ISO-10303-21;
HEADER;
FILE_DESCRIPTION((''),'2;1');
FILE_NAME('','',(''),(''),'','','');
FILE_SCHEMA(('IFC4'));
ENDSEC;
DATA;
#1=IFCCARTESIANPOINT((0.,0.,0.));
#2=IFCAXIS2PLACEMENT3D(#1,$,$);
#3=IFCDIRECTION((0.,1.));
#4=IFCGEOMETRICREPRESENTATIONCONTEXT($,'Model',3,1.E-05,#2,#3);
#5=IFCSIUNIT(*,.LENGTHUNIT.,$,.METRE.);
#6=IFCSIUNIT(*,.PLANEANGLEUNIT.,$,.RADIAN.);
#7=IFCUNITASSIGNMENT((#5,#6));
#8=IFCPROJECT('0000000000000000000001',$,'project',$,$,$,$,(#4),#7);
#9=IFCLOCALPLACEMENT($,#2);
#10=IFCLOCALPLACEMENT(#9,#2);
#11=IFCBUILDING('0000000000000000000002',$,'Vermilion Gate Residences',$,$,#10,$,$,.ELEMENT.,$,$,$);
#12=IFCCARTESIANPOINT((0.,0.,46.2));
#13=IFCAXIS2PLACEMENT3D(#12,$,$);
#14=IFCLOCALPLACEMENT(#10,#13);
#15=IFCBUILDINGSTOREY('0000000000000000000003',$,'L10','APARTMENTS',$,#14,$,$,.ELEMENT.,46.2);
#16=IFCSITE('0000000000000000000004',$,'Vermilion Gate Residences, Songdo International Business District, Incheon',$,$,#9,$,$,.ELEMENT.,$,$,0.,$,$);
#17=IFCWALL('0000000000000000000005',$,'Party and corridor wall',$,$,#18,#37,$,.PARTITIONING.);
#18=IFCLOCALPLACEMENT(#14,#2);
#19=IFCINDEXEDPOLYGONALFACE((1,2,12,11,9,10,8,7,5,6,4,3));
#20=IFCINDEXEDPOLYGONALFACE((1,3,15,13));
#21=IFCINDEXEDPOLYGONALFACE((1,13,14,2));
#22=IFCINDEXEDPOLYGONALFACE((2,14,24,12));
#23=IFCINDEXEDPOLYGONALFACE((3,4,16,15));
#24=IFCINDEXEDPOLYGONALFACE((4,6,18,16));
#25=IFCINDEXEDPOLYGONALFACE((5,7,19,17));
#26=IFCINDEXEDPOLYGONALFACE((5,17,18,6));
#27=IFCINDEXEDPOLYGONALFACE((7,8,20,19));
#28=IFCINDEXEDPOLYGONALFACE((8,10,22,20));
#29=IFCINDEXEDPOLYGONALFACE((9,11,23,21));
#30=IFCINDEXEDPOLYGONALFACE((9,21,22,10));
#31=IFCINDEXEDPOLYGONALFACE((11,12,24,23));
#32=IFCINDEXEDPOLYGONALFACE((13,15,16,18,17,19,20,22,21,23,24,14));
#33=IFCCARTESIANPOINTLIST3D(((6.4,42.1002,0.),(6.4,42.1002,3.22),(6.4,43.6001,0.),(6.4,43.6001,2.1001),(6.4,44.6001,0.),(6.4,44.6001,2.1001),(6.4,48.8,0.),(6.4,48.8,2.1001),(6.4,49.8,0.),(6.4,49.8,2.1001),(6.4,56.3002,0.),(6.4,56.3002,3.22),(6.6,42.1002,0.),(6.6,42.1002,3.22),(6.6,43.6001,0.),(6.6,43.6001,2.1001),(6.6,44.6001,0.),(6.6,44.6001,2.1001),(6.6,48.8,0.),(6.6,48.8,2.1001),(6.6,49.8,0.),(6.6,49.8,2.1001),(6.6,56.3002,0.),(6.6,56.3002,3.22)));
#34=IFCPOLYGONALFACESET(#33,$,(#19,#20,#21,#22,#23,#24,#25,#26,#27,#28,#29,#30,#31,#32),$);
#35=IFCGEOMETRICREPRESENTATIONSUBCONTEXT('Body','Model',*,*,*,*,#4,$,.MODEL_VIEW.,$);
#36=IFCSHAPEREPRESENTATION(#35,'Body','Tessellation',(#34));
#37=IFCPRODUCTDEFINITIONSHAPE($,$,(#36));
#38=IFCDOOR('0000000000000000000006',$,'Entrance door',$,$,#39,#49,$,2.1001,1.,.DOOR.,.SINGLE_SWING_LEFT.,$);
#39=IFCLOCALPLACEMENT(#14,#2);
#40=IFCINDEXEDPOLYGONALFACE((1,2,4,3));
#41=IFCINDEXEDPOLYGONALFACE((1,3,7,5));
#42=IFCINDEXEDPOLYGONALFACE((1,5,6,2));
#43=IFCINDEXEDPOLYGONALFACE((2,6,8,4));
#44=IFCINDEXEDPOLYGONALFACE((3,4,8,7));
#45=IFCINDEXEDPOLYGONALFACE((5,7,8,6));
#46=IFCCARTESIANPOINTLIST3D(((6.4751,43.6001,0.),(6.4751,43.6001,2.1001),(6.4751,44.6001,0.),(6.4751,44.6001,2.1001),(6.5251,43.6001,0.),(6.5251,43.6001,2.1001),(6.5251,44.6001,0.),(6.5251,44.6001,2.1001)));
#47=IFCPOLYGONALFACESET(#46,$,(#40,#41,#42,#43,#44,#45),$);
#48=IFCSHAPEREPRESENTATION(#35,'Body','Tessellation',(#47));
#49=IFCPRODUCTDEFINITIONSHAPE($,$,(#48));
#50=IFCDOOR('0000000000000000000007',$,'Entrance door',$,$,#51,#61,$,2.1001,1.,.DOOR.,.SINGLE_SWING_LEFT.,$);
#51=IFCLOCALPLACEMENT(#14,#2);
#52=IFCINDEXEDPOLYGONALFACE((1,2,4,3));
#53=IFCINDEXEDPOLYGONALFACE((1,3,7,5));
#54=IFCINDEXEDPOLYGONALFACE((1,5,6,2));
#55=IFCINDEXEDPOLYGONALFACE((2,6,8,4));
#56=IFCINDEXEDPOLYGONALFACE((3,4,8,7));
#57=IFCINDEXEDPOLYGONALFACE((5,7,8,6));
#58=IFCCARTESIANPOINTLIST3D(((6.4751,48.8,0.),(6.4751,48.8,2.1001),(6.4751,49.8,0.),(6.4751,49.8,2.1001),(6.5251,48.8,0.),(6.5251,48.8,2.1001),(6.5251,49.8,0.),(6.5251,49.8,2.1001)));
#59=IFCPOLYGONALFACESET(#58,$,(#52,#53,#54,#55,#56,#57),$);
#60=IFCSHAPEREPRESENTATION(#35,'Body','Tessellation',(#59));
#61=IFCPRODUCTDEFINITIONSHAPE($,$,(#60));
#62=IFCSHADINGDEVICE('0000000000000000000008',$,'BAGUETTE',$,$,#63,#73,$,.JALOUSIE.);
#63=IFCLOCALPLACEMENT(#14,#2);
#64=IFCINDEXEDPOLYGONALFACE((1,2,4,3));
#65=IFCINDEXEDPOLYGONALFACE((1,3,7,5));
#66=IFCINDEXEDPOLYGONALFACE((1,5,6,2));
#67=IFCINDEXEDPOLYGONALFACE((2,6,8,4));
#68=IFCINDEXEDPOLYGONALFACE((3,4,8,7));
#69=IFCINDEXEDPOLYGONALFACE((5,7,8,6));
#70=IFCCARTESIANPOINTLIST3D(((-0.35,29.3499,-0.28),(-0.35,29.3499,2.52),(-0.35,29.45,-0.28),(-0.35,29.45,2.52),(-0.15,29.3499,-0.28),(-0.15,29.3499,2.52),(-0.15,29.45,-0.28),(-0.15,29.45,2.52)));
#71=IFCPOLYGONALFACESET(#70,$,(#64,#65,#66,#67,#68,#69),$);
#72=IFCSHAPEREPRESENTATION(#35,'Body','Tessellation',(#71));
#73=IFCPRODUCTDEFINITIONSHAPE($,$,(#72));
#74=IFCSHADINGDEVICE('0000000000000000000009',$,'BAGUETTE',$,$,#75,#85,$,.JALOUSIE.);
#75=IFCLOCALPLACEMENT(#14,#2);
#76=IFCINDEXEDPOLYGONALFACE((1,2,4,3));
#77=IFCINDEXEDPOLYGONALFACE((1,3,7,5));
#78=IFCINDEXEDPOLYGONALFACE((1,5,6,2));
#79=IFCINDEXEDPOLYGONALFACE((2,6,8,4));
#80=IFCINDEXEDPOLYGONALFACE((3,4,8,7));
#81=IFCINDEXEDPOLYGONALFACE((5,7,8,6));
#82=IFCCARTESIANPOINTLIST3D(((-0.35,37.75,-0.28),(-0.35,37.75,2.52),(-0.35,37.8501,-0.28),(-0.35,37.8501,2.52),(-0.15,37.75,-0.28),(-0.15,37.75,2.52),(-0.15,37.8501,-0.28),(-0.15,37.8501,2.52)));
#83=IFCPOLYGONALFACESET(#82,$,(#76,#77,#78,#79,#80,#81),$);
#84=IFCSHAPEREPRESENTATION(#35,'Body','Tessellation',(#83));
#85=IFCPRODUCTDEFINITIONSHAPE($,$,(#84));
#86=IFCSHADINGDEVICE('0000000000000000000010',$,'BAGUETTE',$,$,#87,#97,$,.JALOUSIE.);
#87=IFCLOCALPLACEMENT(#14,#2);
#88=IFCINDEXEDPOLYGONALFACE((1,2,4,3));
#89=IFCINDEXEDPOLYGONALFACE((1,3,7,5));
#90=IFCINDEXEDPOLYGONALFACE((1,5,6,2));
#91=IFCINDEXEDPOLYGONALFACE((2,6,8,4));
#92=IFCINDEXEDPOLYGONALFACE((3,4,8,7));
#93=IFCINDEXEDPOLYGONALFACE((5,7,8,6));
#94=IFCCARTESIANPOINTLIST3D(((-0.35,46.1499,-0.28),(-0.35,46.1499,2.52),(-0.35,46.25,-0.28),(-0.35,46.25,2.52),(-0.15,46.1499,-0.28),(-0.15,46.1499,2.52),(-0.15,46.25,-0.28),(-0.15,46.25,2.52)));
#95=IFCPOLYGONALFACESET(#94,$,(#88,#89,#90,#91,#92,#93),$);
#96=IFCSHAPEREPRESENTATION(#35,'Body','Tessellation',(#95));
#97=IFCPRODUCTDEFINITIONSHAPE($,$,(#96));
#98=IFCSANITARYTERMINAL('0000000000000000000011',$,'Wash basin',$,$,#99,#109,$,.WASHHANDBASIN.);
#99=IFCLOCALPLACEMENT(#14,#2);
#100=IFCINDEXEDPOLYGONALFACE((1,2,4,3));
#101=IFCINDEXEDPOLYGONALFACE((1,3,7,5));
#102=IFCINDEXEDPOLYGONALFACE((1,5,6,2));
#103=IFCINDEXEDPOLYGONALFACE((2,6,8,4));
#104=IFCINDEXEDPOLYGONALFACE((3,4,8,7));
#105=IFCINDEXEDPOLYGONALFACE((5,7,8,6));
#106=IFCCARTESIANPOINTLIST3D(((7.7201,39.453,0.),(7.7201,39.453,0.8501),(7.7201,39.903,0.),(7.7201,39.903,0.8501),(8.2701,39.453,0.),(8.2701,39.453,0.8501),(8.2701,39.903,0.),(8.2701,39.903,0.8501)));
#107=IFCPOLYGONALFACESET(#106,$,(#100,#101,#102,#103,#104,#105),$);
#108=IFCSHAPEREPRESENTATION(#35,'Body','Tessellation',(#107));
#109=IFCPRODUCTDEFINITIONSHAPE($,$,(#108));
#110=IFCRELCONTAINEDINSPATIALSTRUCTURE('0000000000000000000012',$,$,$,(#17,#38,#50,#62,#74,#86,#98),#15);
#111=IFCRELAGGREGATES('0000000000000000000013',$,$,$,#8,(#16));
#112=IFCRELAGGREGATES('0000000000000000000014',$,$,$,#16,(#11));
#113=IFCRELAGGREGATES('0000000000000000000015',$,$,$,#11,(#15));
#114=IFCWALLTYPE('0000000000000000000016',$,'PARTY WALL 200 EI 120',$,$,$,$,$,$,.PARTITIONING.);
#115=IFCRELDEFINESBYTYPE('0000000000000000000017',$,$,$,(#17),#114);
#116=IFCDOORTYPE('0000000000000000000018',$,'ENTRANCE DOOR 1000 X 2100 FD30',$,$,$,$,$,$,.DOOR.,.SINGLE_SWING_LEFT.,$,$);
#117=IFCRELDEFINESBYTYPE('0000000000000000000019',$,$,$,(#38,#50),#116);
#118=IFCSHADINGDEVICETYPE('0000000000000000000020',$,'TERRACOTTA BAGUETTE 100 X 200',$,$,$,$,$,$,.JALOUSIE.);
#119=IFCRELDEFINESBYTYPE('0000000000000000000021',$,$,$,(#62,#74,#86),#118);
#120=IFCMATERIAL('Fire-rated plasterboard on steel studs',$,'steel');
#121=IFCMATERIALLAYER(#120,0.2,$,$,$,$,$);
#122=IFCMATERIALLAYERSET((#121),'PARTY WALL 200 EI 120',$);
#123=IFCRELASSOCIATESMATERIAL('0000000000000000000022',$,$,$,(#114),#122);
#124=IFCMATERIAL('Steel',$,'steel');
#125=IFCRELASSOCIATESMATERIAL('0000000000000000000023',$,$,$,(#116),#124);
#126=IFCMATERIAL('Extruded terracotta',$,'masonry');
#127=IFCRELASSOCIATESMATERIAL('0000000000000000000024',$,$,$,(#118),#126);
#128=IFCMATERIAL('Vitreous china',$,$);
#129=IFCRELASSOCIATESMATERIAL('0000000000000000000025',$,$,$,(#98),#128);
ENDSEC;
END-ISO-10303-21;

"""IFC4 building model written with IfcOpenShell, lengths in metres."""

from ifc_helpers import new_model, si_unit, direction, frame, frame_2d, origin, origin_2d, place, context, subcontext, project, spatial, rectangle, extrude, material, layer, layer_set, material_profile, profile_set, type_object, element, fill, save


model = new_model("IFC4")

# Units and contexts
model_context = context("Model", 3, precision=1e-05, world=origin(), true_north=direction((0.0, 1.0)))
body_context = subcontext(model_context, "Body", "Model", "MODEL_VIEW")
ifc_project = project(units=[si_unit("LENGTHUNIT", "METRE"), si_unit("PLANEANGLEUNIT", "RADIAN")], contexts=[model_context])

# Site, building, storey
site_placement = place(None, origin())
site = spatial("IfcSite", under=ifc_project, at=site_placement, Name="Vermilion Gate Residences, Songdo International Business District, Incheon", CompositionType="ELEMENT", RefElevation=0.0)
building_placement = place(site_placement, origin())
building = spatial("IfcBuilding", under=site, at=building_placement, Name="Vermilion Gate Residences", CompositionType="ELEMENT")
storey_placement = place(building_placement, frame((0.0, 0.0, 46.2)))
storey = spatial("IfcBuildingStorey", under=building, at=storey_placement, Name="L10", Description="APARTMENTS", CompositionType="ELEMENT", Elevation=46.2)

# Shared definitions
ifc_material_1 = material(Name="Fire-rated plasterboard on steel studs", Category="steel")
ifc_layer_1 = layer(ifc_material_1, 0.2)
ifc_layer_set_1 = layer_set([ifc_layer_1], Name="PARTY WALL 200 EI 120")
wall_type_1 = type_object("IfcWallType", Name="PARTY WALL 200 EI 120", PredefinedType="PARTITIONING", material=ifc_layer_set_1)

# Wall, openings, doors
wall_1_placement = place(storey_placement, frame((6.5, 42.1001, 0.0), z_axis=(0.0, 0.0, 1.0), x_axis=(0.0, 1.0, 0.0)))
wall_1 = element("IfcWall", 1, at=wall_1_placement, inside=storey, type_object=wall_type_1, Name="Party and corridor wall", PredefinedType="PARTITIONING", context=body_context, shape_type="SweptSolid", body=[
    extrude(rectangle(XDim=14.2, YDim=0.2, at=frame_2d((7.1001, 0.0))), origin(), (0.0, 0.0, 1.0), 3.22),
])
opening_1_placement = place(wall_1_placement, frame((1.5, 0.0, 0.0)))
opening_1 = element("IfcOpeningElement", 2, at=opening_1_placement, cuts=wall_1, PredefinedType="OPENING", context=body_context, shape_type="SweptSolid", body=[
    extrude(rectangle(XDim=1.0, YDim=2.1001, at=frame_2d((0.5, 1.05))), frame((0.0, 0.1099, 0.0), z_axis=(0.0, -1.0, 0.0), x_axis=(1.0, 0.0, 0.0)), (0.0, 0.0, 1.0), 0.22),
])
opening_2_placement = place(wall_1_placement, frame((6.7, 0.0, 0.0)))
opening_2 = element("IfcOpeningElement", 3, at=opening_2_placement, cuts=wall_1, PredefinedType="OPENING", context=body_context, shape_type="SweptSolid", body=[
    extrude(rectangle(XDim=1.0, YDim=2.1001, at=frame_2d((0.5, 1.05))), frame((0.0, 0.1099, 0.0), z_axis=(0.0, -1.0, 0.0), x_axis=(1.0, 0.0, 0.0)), (0.0, 0.0, 1.0), 0.22),
])
ifc_material_2 = material(Name="Steel", Category="steel")
door_type_1 = type_object("IfcDoorType", Name="ENTRANCE DOOR 1000 X 2100 FD30", OperationType="SINGLE_SWING_LEFT", PredefinedType="DOOR", material=ifc_material_2)
door_1_placement = place(opening_1_placement, origin())
door_1 = element("IfcDoor", 4, at=door_1_placement, inside=storey, type_object=door_type_1, Name="Entrance door", OperationType="SINGLE_SWING_LEFT", OverallHeight=2.1001, OverallWidth=1.0, PredefinedType="DOOR", context=body_context, shape_type="SweptSolid", body=[
    extrude(rectangle(XDim=1.0, YDim=2.1001, at=frame_2d((0.5, 1.05))), frame((0.0, 0.0249, 0.0), z_axis=(0.0, -1.0, 0.0), x_axis=(1.0, 0.0, 0.0)), (0.0, 0.0, 1.0), 0.05),
])
fill(opening_1, door_1)
door_2_placement = place(opening_2_placement, origin())
door_2 = element("IfcDoor", 5, at=door_2_placement, inside=storey, type_object=door_type_1, Name="Entrance door", OperationType="SINGLE_SWING_LEFT", OverallHeight=2.1001, OverallWidth=1.0, PredefinedType="DOOR", context=body_context, shape_type="SweptSolid", body=[
    extrude(rectangle(XDim=1.0, YDim=2.1001, at=frame_2d((0.5, 1.05))), frame((0.0, 0.0249, 0.0), z_axis=(0.0, -1.0, 0.0), x_axis=(1.0, 0.0, 0.0)), (0.0, 0.0, 1.0), 0.05),
])
fill(opening_2, door_2)

# Shading devices
ifc_material_3 = material(Name="Extruded terracotta", Category="masonry")
ifc_material_profile_1 = material_profile(ifc_material_3, rectangle(XDim=0.2, YDim=0.1001, at=origin_2d()), Name="BAGUETTE 100 X 200")
ifc_profile_set_1 = profile_set([ifc_material_profile_1], Name="Extruded terracotta")
shading_device_type = type_object("IfcShadingDeviceType", Name="TERRACOTTA BAGUETTE 100 X 200", PredefinedType="JALOUSIE", material=ifc_profile_set_1)
for number, where, z_axis, x_axis, name in (
    (6, (-0.25, 29.3999, -0.28), (0.0, 0.0, 1.0), (1.0, 0.0, 0.0), "BAGUETTE"),
    (7, (-0.25, 37.8, -0.28), (0.0, 0.0, 1.0), (1.0, 0.0, 0.0), "BAGUETTE"),
    (8, (-0.25, 46.2, -0.28), (0.0, 0.0, 1.0), (1.0, 0.0, 0.0), "BAGUETTE"),
):
    element("IfcShadingDevice", number, at=place(storey_placement, frame(where, z_axis=z_axis, x_axis=x_axis)), inside=storey, type_object=shading_device_type, Name=name, PredefinedType="JALOUSIE", context=body_context, shape_type="SweptSolid", body=[
        extrude(rectangle(XDim=0.2, YDim=0.1001, at=origin_2d()), origin(), (0.0, 0.0, 1.0), 2.8),
    ])

# Sanitary terminal
ifc_material_4 = material(Name="Vitreous china")
sanitary_terminal_placement = place(storey_placement, frame((7.9951, 39.678, 0.0), z_axis=(0.0, 0.0, 1.0), x_axis=(1.0, 0.0, 0.0)))
element("IfcSanitaryTerminal", 9, at=sanitary_terminal_placement, inside=storey, material=ifc_material_4, Name="Wash basin", PredefinedType="WASHHANDBASIN", context=body_context, shape_type="SweptSolid", body=[
    extrude(rectangle(XDim=0.55, YDim=0.45, at=origin_2d()), origin(), (0.0, 0.0, 1.0), 0.8501),
])

save(model, "model.ifc")
